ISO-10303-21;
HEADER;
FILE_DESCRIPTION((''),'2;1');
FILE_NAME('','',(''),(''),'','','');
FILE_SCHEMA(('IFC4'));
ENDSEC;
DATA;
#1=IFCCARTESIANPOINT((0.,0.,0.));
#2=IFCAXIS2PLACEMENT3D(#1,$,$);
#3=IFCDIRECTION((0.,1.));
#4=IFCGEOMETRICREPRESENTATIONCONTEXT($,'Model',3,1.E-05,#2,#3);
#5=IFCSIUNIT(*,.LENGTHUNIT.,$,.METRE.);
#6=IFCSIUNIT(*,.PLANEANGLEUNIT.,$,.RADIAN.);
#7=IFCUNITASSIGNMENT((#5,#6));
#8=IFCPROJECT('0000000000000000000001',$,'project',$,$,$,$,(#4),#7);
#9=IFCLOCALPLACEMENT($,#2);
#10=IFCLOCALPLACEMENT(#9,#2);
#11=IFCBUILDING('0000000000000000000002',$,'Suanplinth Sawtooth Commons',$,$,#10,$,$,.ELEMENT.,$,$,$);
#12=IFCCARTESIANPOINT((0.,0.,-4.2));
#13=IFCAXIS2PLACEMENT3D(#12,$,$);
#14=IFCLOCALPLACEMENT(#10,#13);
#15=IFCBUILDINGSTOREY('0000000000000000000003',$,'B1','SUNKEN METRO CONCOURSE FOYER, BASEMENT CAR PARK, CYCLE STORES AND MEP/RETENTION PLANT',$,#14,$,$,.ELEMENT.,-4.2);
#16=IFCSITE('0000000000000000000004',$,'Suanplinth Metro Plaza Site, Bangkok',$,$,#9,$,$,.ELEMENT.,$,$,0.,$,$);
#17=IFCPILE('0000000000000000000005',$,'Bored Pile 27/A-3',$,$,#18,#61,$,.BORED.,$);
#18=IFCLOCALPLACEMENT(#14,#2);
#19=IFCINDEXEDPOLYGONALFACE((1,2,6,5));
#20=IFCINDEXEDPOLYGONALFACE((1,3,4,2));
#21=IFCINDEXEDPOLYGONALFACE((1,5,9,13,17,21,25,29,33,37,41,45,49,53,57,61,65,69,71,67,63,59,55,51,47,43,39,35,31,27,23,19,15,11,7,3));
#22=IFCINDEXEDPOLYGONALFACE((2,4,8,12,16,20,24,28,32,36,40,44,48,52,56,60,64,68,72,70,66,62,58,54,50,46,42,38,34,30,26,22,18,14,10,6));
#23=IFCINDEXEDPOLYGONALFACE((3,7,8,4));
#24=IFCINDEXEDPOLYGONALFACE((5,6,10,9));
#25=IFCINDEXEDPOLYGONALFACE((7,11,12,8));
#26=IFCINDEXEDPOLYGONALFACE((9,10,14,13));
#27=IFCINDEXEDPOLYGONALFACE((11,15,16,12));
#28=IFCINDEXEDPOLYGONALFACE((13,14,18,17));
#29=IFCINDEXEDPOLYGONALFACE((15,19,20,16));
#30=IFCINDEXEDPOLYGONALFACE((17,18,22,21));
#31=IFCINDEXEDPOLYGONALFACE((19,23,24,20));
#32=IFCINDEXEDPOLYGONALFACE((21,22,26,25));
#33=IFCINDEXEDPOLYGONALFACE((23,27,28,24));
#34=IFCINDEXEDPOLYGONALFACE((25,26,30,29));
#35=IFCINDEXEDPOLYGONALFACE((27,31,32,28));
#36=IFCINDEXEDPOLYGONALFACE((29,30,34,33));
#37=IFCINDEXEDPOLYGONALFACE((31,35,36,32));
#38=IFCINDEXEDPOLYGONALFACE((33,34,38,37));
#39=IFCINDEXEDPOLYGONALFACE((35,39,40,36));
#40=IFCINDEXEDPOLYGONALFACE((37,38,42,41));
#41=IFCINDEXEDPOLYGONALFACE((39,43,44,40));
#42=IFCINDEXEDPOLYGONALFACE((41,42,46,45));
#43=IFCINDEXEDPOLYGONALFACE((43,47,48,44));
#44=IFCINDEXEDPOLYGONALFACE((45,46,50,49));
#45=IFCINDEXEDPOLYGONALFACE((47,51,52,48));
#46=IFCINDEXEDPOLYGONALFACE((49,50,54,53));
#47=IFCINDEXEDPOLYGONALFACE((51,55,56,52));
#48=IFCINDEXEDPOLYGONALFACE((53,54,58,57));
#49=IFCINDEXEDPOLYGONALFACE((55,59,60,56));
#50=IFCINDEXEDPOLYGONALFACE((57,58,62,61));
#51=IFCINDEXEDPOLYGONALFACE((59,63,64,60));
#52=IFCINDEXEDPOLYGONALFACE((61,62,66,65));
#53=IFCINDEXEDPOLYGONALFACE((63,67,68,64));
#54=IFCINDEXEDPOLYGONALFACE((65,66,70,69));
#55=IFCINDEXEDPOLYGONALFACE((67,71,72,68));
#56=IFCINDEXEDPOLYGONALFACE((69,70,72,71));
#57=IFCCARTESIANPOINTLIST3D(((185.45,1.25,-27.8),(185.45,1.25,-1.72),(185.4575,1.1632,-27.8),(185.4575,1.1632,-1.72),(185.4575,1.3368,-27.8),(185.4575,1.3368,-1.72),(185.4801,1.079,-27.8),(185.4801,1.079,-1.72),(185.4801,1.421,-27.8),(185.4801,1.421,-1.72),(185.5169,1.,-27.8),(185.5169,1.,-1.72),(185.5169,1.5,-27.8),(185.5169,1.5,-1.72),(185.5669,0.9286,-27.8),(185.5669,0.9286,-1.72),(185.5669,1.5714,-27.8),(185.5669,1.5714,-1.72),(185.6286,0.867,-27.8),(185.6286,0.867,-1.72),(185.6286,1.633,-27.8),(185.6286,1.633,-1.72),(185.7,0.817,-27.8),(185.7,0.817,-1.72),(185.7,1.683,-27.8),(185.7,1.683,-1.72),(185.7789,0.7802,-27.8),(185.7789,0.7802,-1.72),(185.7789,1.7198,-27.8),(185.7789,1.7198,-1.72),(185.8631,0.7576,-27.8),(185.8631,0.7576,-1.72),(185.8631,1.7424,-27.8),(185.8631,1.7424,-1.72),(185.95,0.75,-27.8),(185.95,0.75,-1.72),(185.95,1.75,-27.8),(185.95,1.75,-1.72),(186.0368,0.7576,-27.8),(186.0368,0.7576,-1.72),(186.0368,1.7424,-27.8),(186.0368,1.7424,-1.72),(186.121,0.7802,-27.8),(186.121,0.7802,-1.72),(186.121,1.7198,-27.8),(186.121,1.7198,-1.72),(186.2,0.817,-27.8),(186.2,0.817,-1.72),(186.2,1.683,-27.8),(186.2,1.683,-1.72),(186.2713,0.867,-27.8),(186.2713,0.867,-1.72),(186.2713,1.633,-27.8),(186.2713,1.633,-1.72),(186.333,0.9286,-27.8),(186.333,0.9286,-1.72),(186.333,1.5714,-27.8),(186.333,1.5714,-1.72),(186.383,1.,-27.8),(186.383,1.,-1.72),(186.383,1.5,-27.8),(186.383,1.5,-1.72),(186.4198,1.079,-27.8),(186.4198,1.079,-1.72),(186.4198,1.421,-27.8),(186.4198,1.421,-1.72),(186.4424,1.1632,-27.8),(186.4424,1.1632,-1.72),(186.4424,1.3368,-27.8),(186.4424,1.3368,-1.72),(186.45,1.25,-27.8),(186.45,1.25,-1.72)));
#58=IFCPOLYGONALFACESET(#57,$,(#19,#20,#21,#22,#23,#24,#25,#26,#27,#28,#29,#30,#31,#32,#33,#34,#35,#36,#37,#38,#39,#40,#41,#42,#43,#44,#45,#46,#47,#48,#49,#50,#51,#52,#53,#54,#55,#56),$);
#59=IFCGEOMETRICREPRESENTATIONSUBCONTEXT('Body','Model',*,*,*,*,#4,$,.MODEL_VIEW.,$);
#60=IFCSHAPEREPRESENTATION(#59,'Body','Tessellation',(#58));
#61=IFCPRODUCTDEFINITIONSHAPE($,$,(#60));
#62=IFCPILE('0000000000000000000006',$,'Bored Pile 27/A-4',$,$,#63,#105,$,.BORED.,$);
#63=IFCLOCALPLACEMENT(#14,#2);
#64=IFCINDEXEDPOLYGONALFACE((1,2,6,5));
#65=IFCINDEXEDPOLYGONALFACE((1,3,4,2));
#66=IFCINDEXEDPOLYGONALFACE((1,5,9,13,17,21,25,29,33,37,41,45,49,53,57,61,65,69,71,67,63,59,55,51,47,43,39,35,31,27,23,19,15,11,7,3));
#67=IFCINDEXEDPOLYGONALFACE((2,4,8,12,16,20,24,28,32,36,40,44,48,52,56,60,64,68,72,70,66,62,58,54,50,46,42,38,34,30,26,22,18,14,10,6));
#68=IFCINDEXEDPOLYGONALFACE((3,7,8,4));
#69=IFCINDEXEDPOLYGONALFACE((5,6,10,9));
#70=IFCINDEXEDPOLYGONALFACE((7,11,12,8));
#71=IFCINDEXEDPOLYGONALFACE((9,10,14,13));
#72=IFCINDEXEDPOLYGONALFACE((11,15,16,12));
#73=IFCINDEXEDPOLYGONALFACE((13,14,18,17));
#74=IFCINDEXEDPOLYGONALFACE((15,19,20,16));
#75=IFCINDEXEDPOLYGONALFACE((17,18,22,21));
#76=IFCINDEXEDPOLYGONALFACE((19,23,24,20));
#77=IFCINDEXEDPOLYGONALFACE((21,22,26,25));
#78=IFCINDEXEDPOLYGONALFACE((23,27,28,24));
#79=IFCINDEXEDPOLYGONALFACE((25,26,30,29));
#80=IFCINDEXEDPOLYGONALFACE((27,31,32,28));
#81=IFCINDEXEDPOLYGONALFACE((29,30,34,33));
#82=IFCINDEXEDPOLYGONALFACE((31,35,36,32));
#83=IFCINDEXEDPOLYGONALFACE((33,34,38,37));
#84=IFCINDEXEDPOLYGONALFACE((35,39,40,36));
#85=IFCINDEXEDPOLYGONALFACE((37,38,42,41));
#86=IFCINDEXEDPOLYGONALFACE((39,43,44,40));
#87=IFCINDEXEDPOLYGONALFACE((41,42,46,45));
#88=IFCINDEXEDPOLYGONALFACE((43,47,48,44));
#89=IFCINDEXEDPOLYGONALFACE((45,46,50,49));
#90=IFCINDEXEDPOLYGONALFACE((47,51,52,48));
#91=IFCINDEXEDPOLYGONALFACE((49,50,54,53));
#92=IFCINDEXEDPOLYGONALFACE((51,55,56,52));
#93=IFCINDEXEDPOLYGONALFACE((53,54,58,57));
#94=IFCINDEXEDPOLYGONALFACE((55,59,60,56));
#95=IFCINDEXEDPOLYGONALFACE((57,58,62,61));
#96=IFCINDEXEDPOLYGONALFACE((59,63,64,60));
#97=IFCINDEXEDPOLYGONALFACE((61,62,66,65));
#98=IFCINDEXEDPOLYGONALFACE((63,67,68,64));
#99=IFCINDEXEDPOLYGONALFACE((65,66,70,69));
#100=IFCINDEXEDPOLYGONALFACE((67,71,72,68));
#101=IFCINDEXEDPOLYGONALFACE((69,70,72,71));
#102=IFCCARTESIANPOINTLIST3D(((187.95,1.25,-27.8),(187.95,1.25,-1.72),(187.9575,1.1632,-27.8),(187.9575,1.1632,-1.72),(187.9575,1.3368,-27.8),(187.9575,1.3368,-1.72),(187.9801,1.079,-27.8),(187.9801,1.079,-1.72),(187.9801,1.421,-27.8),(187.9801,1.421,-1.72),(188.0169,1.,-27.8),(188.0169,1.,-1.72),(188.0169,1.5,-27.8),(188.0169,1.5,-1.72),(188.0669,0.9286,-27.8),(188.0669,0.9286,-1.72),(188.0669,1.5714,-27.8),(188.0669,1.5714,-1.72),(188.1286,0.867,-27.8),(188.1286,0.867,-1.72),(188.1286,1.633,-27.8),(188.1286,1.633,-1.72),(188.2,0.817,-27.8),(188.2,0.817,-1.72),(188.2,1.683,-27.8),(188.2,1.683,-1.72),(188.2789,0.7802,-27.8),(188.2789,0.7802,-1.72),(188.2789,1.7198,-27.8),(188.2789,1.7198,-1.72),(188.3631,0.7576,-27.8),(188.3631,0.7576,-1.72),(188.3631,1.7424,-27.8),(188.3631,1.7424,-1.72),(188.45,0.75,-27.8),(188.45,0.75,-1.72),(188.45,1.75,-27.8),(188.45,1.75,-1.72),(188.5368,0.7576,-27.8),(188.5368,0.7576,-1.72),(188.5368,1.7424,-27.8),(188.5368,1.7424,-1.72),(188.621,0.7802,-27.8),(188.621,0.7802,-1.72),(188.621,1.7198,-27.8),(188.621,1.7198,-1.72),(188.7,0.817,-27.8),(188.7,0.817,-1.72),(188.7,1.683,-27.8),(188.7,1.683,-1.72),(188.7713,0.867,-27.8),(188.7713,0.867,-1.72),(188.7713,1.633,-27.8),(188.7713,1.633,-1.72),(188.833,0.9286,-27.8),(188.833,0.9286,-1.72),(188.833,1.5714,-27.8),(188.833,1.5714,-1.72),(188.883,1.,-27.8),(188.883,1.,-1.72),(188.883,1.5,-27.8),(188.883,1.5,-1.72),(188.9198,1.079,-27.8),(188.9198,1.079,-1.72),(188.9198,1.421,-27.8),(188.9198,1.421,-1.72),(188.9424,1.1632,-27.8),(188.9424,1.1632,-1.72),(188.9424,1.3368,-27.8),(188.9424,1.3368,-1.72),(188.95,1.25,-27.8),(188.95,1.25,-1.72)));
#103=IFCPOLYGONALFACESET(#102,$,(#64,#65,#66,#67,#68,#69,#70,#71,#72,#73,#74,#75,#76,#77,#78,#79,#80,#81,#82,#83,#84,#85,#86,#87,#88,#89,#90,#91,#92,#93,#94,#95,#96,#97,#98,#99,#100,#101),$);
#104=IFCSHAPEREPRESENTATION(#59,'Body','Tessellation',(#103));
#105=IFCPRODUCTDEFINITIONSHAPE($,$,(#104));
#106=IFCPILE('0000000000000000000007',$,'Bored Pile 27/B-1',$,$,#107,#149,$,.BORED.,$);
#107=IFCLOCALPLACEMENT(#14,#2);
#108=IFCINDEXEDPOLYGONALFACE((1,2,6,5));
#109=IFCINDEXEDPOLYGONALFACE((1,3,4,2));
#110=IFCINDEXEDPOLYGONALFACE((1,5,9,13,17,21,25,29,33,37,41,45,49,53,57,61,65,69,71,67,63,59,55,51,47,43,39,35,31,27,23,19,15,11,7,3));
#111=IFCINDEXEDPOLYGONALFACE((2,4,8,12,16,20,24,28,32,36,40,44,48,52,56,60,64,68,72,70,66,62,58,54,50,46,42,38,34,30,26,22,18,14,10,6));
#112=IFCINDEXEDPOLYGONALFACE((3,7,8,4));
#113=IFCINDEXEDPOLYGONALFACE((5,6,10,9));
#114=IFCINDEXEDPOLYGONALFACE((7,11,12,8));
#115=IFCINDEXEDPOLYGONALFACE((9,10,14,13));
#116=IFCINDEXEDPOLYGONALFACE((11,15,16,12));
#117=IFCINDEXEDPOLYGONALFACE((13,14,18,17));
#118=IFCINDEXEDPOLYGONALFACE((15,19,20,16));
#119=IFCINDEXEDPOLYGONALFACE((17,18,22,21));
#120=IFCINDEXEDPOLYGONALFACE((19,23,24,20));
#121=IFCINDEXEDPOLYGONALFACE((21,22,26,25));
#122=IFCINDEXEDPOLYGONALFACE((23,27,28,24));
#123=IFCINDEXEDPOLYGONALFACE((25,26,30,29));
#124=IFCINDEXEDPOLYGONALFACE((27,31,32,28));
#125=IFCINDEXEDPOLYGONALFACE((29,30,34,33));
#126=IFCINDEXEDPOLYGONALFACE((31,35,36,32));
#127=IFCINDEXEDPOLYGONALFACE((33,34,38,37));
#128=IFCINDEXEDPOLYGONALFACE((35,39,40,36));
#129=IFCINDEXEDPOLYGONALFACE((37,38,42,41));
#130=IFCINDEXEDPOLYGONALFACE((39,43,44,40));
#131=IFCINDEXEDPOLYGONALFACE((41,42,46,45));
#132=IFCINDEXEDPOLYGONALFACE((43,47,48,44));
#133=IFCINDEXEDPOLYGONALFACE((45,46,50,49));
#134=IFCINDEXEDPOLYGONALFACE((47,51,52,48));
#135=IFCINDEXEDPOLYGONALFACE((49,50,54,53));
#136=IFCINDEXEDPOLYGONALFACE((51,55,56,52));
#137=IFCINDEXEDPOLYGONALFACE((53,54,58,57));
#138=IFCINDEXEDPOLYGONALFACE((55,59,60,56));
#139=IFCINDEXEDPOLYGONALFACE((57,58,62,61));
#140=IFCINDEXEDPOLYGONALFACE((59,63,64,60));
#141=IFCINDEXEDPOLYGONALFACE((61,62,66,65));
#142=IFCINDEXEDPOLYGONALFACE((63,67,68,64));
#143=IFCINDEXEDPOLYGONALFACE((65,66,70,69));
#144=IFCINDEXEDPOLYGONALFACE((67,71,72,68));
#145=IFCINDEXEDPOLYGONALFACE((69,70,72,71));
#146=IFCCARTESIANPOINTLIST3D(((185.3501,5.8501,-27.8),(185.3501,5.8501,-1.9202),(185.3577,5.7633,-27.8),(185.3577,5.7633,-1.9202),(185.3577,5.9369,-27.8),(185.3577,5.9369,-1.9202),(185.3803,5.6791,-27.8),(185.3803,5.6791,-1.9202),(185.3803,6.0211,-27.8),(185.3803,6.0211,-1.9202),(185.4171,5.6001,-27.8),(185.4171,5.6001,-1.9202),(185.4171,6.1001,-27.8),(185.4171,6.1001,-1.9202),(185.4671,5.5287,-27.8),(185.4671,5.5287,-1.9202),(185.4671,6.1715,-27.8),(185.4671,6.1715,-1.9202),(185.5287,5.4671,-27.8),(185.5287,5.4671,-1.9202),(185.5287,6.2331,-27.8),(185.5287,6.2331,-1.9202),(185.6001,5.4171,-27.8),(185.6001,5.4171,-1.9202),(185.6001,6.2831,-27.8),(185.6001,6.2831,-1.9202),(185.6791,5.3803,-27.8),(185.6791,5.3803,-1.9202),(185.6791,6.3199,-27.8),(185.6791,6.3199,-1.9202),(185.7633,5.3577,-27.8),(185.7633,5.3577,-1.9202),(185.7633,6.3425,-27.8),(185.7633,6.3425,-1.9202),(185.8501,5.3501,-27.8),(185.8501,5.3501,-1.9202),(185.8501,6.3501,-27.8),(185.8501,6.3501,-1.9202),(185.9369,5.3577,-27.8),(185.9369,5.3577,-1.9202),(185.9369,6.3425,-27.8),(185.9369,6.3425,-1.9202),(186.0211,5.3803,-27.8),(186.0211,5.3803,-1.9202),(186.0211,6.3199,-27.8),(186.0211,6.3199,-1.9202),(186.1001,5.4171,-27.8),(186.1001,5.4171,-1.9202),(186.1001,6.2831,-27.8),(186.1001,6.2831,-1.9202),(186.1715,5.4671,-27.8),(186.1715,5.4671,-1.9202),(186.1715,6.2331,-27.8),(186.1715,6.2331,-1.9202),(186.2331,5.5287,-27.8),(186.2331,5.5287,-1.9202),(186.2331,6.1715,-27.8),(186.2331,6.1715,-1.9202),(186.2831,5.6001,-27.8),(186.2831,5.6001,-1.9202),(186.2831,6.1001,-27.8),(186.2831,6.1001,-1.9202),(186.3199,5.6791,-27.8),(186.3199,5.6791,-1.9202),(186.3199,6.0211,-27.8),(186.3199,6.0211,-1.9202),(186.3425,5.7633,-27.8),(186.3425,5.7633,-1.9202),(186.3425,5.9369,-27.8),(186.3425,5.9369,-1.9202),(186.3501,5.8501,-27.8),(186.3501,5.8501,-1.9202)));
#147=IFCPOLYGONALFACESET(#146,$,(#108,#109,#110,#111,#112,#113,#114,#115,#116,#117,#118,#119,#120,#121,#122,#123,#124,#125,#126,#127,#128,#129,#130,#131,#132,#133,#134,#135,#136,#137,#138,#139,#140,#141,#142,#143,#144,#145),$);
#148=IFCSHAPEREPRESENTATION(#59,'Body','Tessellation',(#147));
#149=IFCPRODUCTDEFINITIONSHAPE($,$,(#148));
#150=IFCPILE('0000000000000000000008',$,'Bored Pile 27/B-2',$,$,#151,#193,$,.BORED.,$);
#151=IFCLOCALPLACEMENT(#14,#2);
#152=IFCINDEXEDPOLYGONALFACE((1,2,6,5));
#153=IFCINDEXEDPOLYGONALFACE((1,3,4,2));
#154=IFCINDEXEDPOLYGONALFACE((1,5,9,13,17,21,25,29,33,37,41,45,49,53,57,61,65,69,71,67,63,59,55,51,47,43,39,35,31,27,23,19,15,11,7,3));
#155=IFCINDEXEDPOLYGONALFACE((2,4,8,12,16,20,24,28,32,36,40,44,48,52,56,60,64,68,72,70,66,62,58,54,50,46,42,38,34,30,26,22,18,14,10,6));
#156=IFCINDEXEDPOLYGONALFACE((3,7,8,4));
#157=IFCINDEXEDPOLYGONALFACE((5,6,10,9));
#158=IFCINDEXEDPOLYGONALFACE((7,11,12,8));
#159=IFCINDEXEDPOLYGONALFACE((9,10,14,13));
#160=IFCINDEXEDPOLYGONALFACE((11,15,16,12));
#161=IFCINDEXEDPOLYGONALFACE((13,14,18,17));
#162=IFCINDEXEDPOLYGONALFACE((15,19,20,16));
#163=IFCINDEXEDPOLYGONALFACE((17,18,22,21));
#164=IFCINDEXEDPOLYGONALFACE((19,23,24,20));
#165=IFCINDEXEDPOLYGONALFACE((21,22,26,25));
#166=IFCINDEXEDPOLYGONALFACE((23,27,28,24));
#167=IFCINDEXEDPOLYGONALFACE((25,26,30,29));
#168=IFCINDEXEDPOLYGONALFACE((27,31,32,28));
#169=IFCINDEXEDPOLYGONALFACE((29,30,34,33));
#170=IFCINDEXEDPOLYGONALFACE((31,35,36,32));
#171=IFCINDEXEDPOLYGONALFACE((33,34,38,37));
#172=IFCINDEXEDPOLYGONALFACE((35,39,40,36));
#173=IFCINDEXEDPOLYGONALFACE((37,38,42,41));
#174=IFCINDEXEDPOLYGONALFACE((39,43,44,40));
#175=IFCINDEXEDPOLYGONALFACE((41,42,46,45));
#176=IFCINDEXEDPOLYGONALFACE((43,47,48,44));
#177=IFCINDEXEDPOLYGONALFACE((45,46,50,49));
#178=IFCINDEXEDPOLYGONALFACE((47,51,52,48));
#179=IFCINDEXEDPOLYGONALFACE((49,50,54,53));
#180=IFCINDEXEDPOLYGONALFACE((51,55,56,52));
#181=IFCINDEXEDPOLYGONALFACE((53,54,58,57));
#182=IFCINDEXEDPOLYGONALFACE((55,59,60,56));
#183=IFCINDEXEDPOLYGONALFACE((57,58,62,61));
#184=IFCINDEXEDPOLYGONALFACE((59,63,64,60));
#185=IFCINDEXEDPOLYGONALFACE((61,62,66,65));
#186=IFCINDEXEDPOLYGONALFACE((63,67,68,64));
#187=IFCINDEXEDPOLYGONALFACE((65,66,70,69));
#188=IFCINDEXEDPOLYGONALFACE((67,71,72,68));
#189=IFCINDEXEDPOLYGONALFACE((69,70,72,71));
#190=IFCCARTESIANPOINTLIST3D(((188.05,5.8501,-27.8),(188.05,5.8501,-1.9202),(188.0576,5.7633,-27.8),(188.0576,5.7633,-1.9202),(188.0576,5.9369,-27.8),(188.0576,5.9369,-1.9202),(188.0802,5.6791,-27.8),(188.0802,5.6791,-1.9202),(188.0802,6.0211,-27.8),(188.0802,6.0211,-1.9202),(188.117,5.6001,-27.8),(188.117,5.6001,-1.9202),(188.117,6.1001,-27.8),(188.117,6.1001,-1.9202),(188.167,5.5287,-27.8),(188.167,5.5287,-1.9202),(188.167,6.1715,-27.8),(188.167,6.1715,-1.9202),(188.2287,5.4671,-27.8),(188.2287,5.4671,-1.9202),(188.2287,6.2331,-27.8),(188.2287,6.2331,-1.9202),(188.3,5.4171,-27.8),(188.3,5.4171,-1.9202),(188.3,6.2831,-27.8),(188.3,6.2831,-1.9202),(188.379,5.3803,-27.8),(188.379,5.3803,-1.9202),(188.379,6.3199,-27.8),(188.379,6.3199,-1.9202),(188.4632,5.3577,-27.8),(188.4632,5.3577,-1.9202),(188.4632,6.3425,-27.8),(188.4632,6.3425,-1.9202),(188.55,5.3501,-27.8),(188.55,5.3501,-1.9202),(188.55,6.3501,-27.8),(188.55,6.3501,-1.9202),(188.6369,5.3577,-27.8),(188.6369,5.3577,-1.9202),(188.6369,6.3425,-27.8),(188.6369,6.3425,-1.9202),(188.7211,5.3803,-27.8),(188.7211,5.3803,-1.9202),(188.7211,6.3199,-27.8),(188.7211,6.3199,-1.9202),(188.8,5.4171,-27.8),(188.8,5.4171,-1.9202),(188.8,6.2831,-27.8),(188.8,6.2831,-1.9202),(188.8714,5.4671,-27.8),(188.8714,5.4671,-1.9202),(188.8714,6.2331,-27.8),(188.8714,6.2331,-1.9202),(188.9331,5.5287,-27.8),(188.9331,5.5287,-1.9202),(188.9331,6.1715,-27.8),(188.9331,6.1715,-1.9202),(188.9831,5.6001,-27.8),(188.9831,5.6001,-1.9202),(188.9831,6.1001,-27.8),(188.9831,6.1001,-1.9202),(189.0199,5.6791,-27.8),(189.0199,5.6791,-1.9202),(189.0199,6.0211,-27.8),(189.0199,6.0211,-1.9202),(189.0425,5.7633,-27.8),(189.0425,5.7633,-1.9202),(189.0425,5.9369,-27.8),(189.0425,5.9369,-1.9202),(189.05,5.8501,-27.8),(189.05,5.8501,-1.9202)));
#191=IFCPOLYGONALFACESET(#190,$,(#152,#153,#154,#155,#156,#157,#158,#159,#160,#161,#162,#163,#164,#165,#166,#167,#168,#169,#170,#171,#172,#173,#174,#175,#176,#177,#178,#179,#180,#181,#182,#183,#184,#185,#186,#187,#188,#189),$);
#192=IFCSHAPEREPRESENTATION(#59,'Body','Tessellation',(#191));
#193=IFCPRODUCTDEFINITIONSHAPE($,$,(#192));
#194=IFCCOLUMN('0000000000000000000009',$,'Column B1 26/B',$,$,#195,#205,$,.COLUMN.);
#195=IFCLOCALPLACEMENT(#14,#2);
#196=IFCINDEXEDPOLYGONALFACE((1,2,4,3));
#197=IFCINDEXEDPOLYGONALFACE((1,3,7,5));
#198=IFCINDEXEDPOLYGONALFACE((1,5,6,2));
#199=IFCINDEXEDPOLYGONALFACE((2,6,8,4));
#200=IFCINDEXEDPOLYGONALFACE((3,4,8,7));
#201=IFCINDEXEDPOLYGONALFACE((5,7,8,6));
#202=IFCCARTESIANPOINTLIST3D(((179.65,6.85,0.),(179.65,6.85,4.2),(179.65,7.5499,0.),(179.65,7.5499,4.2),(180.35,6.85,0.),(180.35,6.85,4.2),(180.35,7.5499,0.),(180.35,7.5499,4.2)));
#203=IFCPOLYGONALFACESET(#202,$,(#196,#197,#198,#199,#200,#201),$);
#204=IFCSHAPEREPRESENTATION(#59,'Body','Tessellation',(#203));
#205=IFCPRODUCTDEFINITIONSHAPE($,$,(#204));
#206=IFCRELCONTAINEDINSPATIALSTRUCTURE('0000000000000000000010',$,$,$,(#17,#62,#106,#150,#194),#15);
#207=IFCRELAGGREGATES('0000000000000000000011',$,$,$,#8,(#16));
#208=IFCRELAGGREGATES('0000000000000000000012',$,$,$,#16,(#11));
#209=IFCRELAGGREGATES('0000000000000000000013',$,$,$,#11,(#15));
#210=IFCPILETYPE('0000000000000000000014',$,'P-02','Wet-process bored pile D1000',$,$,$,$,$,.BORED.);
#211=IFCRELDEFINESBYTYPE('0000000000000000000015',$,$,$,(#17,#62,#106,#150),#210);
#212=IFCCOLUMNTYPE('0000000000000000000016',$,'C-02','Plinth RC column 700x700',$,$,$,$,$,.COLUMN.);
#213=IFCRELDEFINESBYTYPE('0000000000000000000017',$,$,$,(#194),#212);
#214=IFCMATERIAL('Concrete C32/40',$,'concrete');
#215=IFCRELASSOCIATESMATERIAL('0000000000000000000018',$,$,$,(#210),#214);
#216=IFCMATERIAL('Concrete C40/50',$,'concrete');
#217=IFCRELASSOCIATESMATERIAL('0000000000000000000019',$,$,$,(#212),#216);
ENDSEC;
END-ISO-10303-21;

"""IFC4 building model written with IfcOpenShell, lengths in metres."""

from ifc_helpers import new_model, si_unit, direction, frame, origin, origin_2d, place, context, subcontext, project, spatial, rectangle, circle, extrude, material, material_profile, profile_set, type_object, element, save


model = new_model("IFC4")

# Units and contexts
model_context = context("Model", 3, precision=1e-05, world=origin(), true_north=direction((0.0, 1.0)))
body_context = subcontext(model_context, "Body", "Model", "MODEL_VIEW")
ifc_project = project(units=[si_unit("LENGTHUNIT", "METRE"), si_unit("PLANEANGLEUNIT", "RADIAN")], contexts=[model_context])

# Site, building, storey
site_placement = place(None, origin())
site = spatial("IfcSite", under=ifc_project, at=site_placement, Name="Suanplinth Metro Plaza Site, Bangkok", CompositionType="ELEMENT", RefElevation=0.0)
building_placement = place(site_placement, origin())
building = spatial("IfcBuilding", under=site, at=building_placement, Name="Suanplinth Sawtooth Commons", CompositionType="ELEMENT")
storey_placement = place(building_placement, frame((0.0, 0.0, -4.2)))
storey = spatial("IfcBuildingStorey", under=building, at=storey_placement, Name="B1", Description="SUNKEN METRO CONCOURSE FOYER, BASEMENT CAR PARK, CYCLE STORES AND MEP/RETENTION PLANT", CompositionType="ELEMENT", Elevation=-4.2)

# Piles
ifc_material_1 = material(Name="Concrete C32/40", Category="concrete")
ifc_material_profile_1 = material_profile(ifc_material_1, circle(Radius=0.5, at=origin_2d()), Name="PILE D1000")
ifc_profile_set_1 = profile_set([ifc_material_profile_1], Name="Concrete C32/40")
pile_type = type_object("IfcPileType", Name="P-02", Description="Wet-process bored pile D1000", PredefinedType="BORED", material=ifc_profile_set_1)
for number, where, z_axis, x_axis, name in (
    (1, (185.95, 1.25, -1.72), (0.0, 0.0, -1.0), (1.0, 0.0, 0.0), "Bored Pile 27/A-3"),
    (2, (188.45, 1.25, -1.72), (0.0, 0.0, -1.0), (1.0, 0.0, 0.0), "Bored Pile 27/A-4"),
):
    element("IfcPile", number, at=place(storey_placement, frame(where, z_axis=z_axis, x_axis=x_axis)), inside=storey, type_object=pile_type, Name=name, PredefinedType="BORED", context=body_context, shape_type="SweptSolid", body=[
        extrude(circle(Radius=0.5, at=origin_2d()), origin(), (0.0, 0.0, 1.0), 26.0801),
    ])
for number, where, z_axis, x_axis, name in (
    (3, (185.8501, 5.8501, -1.9202), (0.0, 0.0, -1.0), (1.0, 0.0, 0.0), "Bored Pile 27/B-1"),
    (4, (188.55, 5.8501, -1.9202), (0.0, 0.0, -1.0), (1.0, 0.0, 0.0), "Bored Pile 27/B-2"),
):
    element("IfcPile", number, at=place(storey_placement, frame(where, z_axis=z_axis, x_axis=x_axis)), inside=storey, type_object=pile_type, Name=name, PredefinedType="BORED", context=body_context, shape_type="SweptSolid", body=[
        extrude(circle(Radius=0.5, at=origin_2d()), origin(), (0.0, 0.0, 1.0), 25.8799),
    ])

# Column
ifc_material_2 = material(Name="Concrete C40/50", Category="concrete")
ifc_material_profile_2 = material_profile(ifc_material_2, rectangle(XDim=0.7, YDim=0.7, at=origin_2d()), Name="RC-COL 700x700")
ifc_profile_set_2 = profile_set([ifc_material_profile_2], Name="Concrete C40/50")
column_type = type_object("IfcColumnType", Name="C-02", Description="Plinth RC column 700x700", PredefinedType="COLUMN", material=ifc_profile_set_2)
for number, where, z_axis, x_axis, name in (
    (5, (180.0, 7.2, 0.0), (0.0, 0.0, 1.0), (1.0, 0.0, 0.0), "Column B1 26/B"),
):
    element("IfcColumn", number, at=place(storey_placement, frame(where, z_axis=z_axis, x_axis=x_axis)), inside=storey, type_object=column_type, Name=name, PredefinedType="COLUMN", context=body_context, shape_type="SweptSolid", body=[
        extrude(rectangle(XDim=0.7, YDim=0.7, at=origin_2d()), origin(), (0.0, 0.0, 1.0), 4.2),
    ])

save(model, "model.ifc")
